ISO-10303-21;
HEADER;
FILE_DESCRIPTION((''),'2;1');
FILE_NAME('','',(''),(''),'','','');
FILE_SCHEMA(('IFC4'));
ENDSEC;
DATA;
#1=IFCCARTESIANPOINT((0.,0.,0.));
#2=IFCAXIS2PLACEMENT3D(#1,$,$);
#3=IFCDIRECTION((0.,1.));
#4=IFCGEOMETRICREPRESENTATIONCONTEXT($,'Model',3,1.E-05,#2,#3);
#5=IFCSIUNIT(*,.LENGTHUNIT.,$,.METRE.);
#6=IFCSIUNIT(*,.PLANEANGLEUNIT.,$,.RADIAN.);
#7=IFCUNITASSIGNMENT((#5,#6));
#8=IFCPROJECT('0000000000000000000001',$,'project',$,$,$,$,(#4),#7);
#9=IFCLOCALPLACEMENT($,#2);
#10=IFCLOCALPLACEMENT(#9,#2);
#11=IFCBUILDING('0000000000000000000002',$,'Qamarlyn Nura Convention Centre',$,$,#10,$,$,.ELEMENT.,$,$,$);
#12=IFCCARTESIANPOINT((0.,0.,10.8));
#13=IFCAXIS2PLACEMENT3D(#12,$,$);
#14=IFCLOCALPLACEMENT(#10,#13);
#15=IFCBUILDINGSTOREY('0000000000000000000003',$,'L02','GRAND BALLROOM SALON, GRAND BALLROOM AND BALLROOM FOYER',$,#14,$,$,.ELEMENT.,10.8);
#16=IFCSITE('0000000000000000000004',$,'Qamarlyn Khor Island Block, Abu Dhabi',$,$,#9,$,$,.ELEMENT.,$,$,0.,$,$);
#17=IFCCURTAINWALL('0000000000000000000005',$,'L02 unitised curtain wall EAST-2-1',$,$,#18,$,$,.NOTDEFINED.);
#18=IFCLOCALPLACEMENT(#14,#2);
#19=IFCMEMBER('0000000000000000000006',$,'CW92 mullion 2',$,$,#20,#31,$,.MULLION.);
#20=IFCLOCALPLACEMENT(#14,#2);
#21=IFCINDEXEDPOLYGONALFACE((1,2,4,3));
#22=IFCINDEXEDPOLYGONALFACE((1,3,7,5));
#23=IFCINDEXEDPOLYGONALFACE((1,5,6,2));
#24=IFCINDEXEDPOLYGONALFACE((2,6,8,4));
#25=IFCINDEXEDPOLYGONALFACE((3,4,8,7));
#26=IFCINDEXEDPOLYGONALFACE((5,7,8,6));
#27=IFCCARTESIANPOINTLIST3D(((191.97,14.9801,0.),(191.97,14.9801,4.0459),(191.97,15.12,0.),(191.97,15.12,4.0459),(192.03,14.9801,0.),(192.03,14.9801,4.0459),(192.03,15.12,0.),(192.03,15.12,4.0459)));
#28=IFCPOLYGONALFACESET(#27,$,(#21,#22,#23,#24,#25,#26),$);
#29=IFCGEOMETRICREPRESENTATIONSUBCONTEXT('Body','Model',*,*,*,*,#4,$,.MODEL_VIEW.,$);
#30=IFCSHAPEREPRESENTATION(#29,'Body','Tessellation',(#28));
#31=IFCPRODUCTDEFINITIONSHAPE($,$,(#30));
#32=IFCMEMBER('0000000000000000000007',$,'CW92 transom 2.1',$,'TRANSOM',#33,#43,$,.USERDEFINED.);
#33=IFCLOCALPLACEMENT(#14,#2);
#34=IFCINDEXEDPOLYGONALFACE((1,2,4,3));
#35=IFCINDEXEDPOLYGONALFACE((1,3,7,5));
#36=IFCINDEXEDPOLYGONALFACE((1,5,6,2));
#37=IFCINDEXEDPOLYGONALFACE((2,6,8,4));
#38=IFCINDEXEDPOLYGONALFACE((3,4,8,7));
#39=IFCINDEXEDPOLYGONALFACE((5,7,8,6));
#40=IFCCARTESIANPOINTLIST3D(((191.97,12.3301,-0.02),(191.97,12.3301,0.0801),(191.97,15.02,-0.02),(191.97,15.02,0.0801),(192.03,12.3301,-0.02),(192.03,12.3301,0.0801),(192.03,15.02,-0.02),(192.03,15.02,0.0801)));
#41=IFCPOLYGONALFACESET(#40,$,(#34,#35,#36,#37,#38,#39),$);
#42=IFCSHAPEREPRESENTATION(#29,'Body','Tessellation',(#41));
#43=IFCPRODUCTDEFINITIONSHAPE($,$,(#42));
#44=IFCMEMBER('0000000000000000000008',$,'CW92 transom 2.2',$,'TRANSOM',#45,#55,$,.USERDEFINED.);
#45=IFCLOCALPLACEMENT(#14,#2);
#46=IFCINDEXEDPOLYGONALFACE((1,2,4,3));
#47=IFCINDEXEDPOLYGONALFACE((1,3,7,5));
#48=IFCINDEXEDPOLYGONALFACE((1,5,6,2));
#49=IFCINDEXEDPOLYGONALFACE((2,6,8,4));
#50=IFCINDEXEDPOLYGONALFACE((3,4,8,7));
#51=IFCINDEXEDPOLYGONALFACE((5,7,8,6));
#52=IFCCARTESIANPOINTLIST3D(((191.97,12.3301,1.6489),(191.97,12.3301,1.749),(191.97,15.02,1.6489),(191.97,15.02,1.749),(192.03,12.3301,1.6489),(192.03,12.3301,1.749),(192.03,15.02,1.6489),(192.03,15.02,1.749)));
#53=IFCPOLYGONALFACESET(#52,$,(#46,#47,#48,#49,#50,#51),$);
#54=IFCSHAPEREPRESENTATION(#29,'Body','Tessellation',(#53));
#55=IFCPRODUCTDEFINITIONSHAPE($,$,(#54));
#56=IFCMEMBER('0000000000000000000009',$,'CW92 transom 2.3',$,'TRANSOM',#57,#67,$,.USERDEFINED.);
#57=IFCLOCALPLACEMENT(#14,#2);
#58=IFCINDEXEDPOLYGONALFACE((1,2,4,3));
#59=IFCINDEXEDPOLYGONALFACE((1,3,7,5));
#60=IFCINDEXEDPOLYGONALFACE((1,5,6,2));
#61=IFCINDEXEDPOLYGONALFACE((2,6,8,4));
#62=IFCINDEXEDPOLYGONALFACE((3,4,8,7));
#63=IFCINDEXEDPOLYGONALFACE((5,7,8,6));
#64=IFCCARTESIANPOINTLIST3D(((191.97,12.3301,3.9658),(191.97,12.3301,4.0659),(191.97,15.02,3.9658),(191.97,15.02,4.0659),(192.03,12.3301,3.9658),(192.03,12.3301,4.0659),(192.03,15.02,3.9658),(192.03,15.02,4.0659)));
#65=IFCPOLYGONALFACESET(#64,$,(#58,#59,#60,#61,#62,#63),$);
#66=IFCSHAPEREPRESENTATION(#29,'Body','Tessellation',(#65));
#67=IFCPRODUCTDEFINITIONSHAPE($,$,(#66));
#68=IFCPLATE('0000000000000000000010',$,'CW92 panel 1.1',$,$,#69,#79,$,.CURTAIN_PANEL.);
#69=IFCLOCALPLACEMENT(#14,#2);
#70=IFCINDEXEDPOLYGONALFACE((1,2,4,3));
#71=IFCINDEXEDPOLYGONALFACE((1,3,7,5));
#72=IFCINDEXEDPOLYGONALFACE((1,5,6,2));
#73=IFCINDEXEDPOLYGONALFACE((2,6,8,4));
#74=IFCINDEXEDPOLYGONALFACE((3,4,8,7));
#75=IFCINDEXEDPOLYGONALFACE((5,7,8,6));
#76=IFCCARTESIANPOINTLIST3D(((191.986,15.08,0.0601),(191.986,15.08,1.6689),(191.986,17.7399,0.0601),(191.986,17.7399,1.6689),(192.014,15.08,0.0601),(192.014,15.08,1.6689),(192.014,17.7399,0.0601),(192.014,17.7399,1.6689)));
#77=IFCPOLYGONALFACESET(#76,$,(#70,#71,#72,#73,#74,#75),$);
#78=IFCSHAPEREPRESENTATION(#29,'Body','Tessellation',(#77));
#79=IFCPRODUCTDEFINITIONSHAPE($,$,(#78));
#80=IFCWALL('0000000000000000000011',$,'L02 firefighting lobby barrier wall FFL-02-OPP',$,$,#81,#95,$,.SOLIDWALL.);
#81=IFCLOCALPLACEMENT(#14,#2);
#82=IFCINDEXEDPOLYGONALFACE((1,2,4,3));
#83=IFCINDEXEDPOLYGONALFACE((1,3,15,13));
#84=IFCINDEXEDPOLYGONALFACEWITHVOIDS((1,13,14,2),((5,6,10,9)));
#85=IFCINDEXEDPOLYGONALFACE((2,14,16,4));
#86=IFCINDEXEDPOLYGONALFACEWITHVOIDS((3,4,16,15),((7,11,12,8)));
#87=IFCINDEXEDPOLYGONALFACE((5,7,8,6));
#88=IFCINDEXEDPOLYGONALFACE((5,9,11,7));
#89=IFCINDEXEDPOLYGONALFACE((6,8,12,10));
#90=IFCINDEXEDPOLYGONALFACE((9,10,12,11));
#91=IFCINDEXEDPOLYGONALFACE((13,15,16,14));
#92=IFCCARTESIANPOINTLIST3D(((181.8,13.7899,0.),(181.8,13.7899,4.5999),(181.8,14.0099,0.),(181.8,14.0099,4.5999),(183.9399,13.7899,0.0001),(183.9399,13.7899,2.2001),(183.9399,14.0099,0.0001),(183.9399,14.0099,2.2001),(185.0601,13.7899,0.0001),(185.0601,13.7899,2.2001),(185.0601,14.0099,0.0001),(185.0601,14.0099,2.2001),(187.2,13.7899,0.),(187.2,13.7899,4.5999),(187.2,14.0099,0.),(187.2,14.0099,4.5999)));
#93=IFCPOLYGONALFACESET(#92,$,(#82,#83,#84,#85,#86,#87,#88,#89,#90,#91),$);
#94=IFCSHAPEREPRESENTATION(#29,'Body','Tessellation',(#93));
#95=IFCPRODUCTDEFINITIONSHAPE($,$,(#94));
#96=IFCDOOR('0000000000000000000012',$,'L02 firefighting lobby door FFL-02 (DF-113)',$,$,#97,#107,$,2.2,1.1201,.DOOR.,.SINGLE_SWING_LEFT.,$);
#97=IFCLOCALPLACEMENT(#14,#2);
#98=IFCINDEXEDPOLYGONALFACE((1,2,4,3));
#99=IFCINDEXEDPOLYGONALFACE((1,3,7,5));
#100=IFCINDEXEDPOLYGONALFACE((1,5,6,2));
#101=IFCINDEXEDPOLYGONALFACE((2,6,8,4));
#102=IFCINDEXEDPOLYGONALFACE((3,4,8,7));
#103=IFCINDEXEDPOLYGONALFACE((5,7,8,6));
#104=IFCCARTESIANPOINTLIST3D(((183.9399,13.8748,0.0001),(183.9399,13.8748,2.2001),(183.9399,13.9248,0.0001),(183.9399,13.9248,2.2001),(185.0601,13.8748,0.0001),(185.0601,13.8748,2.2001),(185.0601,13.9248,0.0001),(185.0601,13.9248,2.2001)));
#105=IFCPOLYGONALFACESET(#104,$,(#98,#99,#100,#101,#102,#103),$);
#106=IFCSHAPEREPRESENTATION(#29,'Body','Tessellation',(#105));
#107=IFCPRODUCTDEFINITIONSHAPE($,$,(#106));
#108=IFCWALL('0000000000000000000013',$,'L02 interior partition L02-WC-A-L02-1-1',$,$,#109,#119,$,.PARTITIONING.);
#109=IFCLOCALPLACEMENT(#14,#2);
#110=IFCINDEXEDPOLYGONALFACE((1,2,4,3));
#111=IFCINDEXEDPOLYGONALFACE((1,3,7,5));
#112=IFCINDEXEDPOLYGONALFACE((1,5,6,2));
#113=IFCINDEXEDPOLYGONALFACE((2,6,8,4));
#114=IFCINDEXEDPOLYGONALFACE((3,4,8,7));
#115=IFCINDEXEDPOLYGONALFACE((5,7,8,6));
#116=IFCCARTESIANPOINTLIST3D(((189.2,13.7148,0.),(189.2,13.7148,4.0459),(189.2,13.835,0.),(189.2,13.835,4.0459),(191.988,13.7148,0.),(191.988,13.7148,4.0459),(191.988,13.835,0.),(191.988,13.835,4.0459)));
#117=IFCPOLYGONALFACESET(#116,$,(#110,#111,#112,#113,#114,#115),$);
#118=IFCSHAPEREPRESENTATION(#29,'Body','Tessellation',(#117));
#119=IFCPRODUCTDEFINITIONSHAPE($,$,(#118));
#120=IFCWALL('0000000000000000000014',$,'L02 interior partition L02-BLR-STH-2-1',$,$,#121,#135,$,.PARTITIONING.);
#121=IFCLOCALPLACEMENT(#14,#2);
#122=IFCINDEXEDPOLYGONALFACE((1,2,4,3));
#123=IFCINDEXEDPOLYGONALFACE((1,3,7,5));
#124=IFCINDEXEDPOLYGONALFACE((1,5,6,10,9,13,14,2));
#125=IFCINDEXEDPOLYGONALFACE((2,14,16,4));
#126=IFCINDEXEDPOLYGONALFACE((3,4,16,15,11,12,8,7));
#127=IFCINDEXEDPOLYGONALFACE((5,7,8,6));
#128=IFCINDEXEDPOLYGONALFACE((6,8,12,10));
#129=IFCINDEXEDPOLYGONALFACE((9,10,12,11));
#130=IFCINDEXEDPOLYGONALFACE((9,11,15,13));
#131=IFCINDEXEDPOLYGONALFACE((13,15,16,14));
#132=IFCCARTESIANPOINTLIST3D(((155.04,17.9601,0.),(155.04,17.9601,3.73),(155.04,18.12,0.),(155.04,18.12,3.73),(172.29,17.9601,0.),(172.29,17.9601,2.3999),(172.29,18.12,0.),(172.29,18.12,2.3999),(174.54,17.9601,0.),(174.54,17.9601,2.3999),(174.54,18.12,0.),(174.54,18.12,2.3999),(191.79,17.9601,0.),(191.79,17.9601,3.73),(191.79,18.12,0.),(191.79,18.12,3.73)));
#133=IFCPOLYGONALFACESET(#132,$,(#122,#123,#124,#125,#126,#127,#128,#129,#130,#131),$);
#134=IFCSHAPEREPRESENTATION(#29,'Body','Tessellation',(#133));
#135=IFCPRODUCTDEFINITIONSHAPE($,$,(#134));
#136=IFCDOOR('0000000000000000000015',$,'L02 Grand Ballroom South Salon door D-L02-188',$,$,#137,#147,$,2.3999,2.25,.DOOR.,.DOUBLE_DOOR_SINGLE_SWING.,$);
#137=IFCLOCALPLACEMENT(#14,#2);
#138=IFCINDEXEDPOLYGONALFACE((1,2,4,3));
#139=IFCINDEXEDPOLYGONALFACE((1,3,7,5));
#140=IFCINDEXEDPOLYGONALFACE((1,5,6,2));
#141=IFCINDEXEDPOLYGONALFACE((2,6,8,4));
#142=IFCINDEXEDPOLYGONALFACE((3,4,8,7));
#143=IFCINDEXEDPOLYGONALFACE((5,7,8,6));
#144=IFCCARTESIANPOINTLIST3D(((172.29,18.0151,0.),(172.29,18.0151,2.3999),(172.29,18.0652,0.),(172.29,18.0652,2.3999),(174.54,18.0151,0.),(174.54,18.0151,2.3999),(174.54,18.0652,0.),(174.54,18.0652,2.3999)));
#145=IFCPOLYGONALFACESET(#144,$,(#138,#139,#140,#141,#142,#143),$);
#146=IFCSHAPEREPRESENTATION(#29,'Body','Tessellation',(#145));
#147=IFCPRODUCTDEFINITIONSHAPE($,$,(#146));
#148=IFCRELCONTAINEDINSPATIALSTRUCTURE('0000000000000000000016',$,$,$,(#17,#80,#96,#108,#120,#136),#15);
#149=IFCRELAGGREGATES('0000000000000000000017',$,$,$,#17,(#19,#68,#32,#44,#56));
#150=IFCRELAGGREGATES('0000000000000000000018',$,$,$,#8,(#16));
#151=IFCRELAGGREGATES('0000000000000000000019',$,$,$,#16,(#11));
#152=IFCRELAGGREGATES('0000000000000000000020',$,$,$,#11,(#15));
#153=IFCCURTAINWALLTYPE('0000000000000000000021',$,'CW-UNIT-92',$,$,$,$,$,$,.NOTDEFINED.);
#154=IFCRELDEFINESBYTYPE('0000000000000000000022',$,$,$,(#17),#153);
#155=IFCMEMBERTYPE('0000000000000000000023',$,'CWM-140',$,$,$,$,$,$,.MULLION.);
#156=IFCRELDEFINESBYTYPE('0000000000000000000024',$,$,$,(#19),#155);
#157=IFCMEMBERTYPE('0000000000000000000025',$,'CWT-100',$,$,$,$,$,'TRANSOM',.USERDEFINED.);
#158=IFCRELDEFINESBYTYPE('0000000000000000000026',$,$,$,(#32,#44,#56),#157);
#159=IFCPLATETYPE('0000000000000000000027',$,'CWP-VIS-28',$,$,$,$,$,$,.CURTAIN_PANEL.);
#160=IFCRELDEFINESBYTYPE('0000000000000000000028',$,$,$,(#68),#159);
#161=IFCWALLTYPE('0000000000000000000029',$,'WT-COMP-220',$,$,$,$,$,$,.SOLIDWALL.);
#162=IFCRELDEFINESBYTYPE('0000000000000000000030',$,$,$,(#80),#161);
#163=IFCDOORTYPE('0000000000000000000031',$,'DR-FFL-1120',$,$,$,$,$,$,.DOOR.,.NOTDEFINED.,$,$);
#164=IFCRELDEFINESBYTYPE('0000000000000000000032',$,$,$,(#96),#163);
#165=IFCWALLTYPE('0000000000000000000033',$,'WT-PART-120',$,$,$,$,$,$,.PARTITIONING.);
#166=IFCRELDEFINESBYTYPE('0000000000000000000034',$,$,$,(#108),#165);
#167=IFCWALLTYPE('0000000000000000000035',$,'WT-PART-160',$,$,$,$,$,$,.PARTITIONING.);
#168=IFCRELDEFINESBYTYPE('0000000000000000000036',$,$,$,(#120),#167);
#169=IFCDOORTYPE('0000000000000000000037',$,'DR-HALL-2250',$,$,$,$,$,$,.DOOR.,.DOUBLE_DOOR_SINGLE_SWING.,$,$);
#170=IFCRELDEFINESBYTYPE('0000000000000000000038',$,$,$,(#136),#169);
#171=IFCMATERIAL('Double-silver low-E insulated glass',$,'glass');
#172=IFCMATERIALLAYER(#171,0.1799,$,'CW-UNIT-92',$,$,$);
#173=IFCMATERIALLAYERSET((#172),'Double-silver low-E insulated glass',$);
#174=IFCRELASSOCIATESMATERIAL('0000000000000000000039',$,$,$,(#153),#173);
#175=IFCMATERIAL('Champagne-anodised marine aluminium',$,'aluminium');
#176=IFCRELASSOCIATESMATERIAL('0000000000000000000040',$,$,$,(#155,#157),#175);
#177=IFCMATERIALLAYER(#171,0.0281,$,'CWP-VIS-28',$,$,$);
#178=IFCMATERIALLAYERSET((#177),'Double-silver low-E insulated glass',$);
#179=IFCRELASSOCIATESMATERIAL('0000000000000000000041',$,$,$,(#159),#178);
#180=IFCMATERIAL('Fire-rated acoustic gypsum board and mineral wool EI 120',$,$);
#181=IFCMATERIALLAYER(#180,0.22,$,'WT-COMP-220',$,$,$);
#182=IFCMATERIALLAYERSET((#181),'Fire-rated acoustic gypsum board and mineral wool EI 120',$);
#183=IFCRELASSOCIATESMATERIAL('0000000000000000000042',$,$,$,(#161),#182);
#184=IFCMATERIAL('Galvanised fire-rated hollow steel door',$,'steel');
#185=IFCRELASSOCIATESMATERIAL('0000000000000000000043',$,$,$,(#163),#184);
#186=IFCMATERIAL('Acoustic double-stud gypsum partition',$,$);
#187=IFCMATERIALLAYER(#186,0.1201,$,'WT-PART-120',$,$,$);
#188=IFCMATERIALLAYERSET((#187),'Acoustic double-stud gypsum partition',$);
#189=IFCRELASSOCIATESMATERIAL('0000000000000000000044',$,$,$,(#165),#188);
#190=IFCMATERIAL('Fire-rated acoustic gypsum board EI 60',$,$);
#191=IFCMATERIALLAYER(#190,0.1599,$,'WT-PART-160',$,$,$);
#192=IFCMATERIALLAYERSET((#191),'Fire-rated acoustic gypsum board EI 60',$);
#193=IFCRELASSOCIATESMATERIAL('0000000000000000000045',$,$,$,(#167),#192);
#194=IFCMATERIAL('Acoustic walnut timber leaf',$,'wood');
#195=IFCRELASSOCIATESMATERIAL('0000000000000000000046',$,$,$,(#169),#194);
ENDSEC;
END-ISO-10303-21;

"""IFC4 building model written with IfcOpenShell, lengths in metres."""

from ifc_helpers import new_model, si_unit, direction, frame, frame_2d, origin, origin_2d, place, context, subcontext, project, spatial, rectangle, extrude, material, layer, layer_set, material_profile, profile_set, type_object, element, fill, aggregate, save


model = new_model("IFC4")

# Units and contexts
model_context = context("Model", 3, precision=1e-05, world=origin(), true_north=direction((0.0, 1.0)))
body_context = subcontext(model_context, "Body", "Model", "MODEL_VIEW")
ifc_project = project(units=[si_unit("LENGTHUNIT", "METRE"), si_unit("PLANEANGLEUNIT", "RADIAN")], contexts=[model_context])

# Site, building, storey
site_placement = place(None, origin())
site = spatial("IfcSite", under=ifc_project, at=site_placement, Name="Qamarlyn Khor Island Block, Abu Dhabi", CompositionType="ELEMENT", RefElevation=0.0)
building_placement = place(site_placement, origin())
building = spatial("IfcBuilding", under=site, at=building_placement, Name="Qamarlyn Nura Convention Centre", CompositionType="ELEMENT")
storey_placement = place(building_placement, frame((0.0, 0.0, 10.8)))
storey = spatial("IfcBuildingStorey", under=building, at=storey_placement, Name="L02", Description="GRAND BALLROOM SALON, GRAND BALLROOM AND BALLROOM FOYER", CompositionType="ELEMENT", Elevation=10.8)

# Curtain wall, members, plate
ifc_material_1 = material(Name="Double-silver low-E insulated glass", Category="glass")
ifc_layer_1 = layer(ifc_material_1, 0.1799, Name="CW-UNIT-92")
ifc_layer_set_1 = layer_set([ifc_layer_1], Name="Double-silver low-E insulated glass")
curtain_wall_type = type_object("IfcCurtainWallType", Name="CW-UNIT-92", PredefinedType="NOTDEFINED", material=ifc_layer_set_1)
curtain_wall_placement = place(storey_placement, origin())
curtain_wall = element("IfcCurtainWall", 1, at=curtain_wall_placement, inside=storey, type_object=curtain_wall_type, Name="L02 unitised curtain wall EAST-2-1", PredefinedType="NOTDEFINED")
ifc_material_2 = material(Name="Champagne-anodised marine aluminium", Category="aluminium")
ifc_material_profile_1 = material_profile(ifc_material_2, rectangle(XDim=0.0601, YDim=0.1399, at=origin_2d()), Name="ALU MULLION 60x140")
ifc_profile_set_1 = profile_set([ifc_material_profile_1], Name="Champagne-anodised marine aluminium")
member_type_1 = type_object("IfcMemberType", Name="CWM-140", PredefinedType="MULLION", material=ifc_profile_set_1)
member_1_placement = place(storey_placement, frame((192.0, 15.05, 0.0), z_axis=(0.0, 0.0, 1.0), x_axis=(1.0, 0.0, 0.0)))
member_1 = element("IfcMember", 2, at=member_1_placement, type_object=member_type_1, Name="CW92 mullion 2", PredefinedType="MULLION", context=body_context, shape_type="SweptSolid", body=[
    extrude(rectangle(XDim=0.0601, YDim=0.1399, at=origin_2d()), origin(), (0.0, 0.0, 1.0), 4.0459),
])
ifc_material_profile_2 = material_profile(ifc_material_2, rectangle(XDim=0.0601, YDim=0.1001, at=origin_2d()), Name="ALU TRANSOM 60x100")
ifc_profile_set_2 = profile_set([ifc_material_profile_2], Name="Champagne-anodised marine aluminium")
member_type_2 = type_object("IfcMemberType", Name="CWT-100", ElementType="TRANSOM", PredefinedType="USERDEFINED", material=ifc_profile_set_2)
member_2_placement = place(storey_placement, frame((192.0, 15.02, 0.03), z_axis=(0.0, -1.0, 0.0), x_axis=(1.0, 0.0, 0.0)))
member_2 = element("IfcMember", 3, at=member_2_placement, type_object=member_type_2, Name="CW92 transom 2.1", ObjectType="TRANSOM", PredefinedType="USERDEFINED", context=body_context, shape_type="SweptSolid", body=[
    extrude(rectangle(XDim=0.0601, YDim=0.1001, at=origin_2d()), origin(), (0.0, 0.0, 1.0), 2.6899),
])
member_3_placement = place(storey_placement, frame((192.0, 15.02, 1.699), z_axis=(0.0, -1.0, 0.0), x_axis=(1.0, 0.0, 0.0)))
member_3 = element("IfcMember", 4, at=member_3_placement, type_object=member_type_2, Name="CW92 transom 2.2", ObjectType="TRANSOM", PredefinedType="USERDEFINED", context=body_context, shape_type="SweptSolid", body=[
    extrude(rectangle(XDim=0.0601, YDim=0.1001, at=origin_2d()), origin(), (0.0, 0.0, 1.0), 2.6899),
])
member_4_placement = place(storey_placement, frame((192.0, 15.02, 4.0159), z_axis=(0.0, -1.0, 0.0), x_axis=(1.0, 0.0, 0.0)))
member_4 = element("IfcMember", 5, at=member_4_placement, type_object=member_type_2, Name="CW92 transom 2.3", ObjectType="TRANSOM", PredefinedType="USERDEFINED", context=body_context, shape_type="SweptSolid", body=[
    extrude(rectangle(XDim=0.0601, YDim=0.1001, at=origin_2d()), origin(), (0.0, 0.0, 1.0), 2.6899),
])
ifc_layer_2 = layer(ifc_material_1, 0.0281, Name="CWP-VIS-28")
ifc_layer_set_2 = layer_set([ifc_layer_2], Name="Double-silver low-E insulated glass")
plate_type = type_object("IfcPlateType", Name="CWP-VIS-28", PredefinedType="CURTAIN_PANEL", material=ifc_layer_set_2)
plate_placement = place(storey_placement, frame((192.0, 16.4099, 0.0601), z_axis=(0.0, 0.0, 1.0), x_axis=(0.0, -1.0, 0.0)))
plate = element("IfcPlate", 6, at=plate_placement, type_object=plate_type, Name="CW92 panel 1.1", PredefinedType="CURTAIN_PANEL", context=body_context, shape_type="SweptSolid", body=[
    extrude(rectangle(XDim=2.6599, YDim=0.0281, at=origin_2d()), origin(), (0.0, 0.0, 1.0), 1.6089),
])
aggregate(curtain_wall, [member_1, plate, member_2, member_3, member_4])

# Wall, opening, door
ifc_material_3 = material(Name="Fire-rated acoustic gypsum board and mineral wool EI 120")
ifc_layer_3 = layer(ifc_material_3, 0.22, Name="WT-COMP-220")
ifc_layer_set_3 = layer_set([ifc_layer_3], Name="Fire-rated acoustic gypsum board and mineral wool EI 120")
wall_type_1 = type_object("IfcWallType", Name="WT-COMP-220", PredefinedType="SOLIDWALL", material=ifc_layer_set_3)
wall_1_placement = place(storey_placement, frame((181.8, 13.8999, 0.0), z_axis=(0.0, 0.0, 1.0), x_axis=(1.0, 0.0, 0.0)))
wall_1 = element("IfcWall", 7, at=wall_1_placement, inside=storey, type_object=wall_type_1, Name="L02 firefighting lobby barrier wall FFL-02-OPP", PredefinedType="SOLIDWALL", context=body_context, shape_type="SweptSolid", body=[
    extrude(rectangle(XDim=5.3999, YDim=0.22, at=frame_2d((2.7, 0.0))), origin(), (0.0, 0.0, 1.0), 4.5999),
])
opening_1_placement = place(wall_1_placement, frame((2.1399, 0.0, 0.0)))
opening_1 = element("IfcOpeningElement", 8, at=opening_1_placement, cuts=wall_1, PredefinedType="OPENING", context=body_context, shape_type="SweptSolid", body=[
    extrude(rectangle(XDim=1.1201, YDim=2.2, at=frame_2d((0.5601, 1.1001))), frame((0.0, 0.1201, 0.0), z_axis=(0.0, -1.0, 0.0), x_axis=(1.0, 0.0, 0.0)), (0.0, 0.0, 1.0), 0.24),
])
ifc_material_4 = material(Name="Galvanised fire-rated hollow steel door", Category="steel")
door_type_1 = type_object("IfcDoorType", Name="DR-FFL-1120", OperationType="NOTDEFINED", PredefinedType="DOOR", material=ifc_material_4)
door_1_placement = place(opening_1_placement, origin())
door_1 = element("IfcDoor", 9, at=door_1_placement, inside=storey, type_object=door_type_1, Name="L02 firefighting lobby door FFL-02 (DF-113)", OperationType="SINGLE_SWING_LEFT", OverallHeight=2.2, OverallWidth=1.1201, PredefinedType="DOOR", context=body_context, shape_type="SweptSolid", body=[
    extrude(rectangle(XDim=1.1201, YDim=2.2, at=frame_2d((0.5601, 1.1001))), frame((0.0, 0.0249, 0.0), z_axis=(0.0, -1.0, 0.0), x_axis=(1.0, 0.0, 0.0)), (0.0, 0.0, 1.0), 0.05),
])
fill(opening_1, door_1)

# Wall
ifc_material_5 = material(Name="Acoustic double-stud gypsum partition")
ifc_layer_4 = layer(ifc_material_5, 0.1201, Name="WT-PART-120")
ifc_layer_set_4 = layer_set([ifc_layer_4], Name="Acoustic double-stud gypsum partition")
wall_type_2 = type_object("IfcWallType", Name="WT-PART-120", PredefinedType="PARTITIONING", material=ifc_layer_set_4)
wall_2_placement = place(storey_placement, frame((189.2, 13.7749, 0.0), z_axis=(0.0, 0.0, 1.0), x_axis=(1.0, 0.0, 0.0)))
element("IfcWall", 10, at=wall_2_placement, inside=storey, type_object=wall_type_2, Name="L02 interior partition L02-WC-A-L02-1-1", PredefinedType="PARTITIONING", context=body_context, shape_type="SweptSolid", body=[
    extrude(rectangle(XDim=2.7881, YDim=0.1201, at=frame_2d((1.394, 0.0))), origin(), (0.0, 0.0, 1.0), 4.0459),
])

# Wall, opening, door
ifc_material_6 = material(Name="Fire-rated acoustic gypsum board EI 60")
ifc_layer_5 = layer(ifc_material_6, 0.1599, Name="WT-PART-160")
ifc_layer_set_5 = layer_set([ifc_layer_5], Name="Fire-rated acoustic gypsum board EI 60")
wall_type_3 = type_object("IfcWallType", Name="WT-PART-160", PredefinedType="PARTITIONING", material=ifc_layer_set_5)
wall_3_placement = place(storey_placement, frame((191.79, 18.04, 0.0), z_axis=(0.0, 0.0, 1.0), x_axis=(-1.0, 0.0, 0.0)))
wall_3 = element("IfcWall", 11, at=wall_3_placement, inside=storey, type_object=wall_type_3, Name="L02 interior partition L02-BLR-STH-2-1", PredefinedType="PARTITIONING", context=body_context, shape_type="SweptSolid", body=[
    extrude(rectangle(XDim=36.75, YDim=0.1599, at=frame_2d((18.375, 0.0))), origin(), (0.0, 0.0, 1.0), 3.73),
])
opening_2_placement = place(wall_3_placement, frame((17.25, 0.0, 0.0)))
opening_2 = element("IfcOpeningElement", 12, at=opening_2_placement, cuts=wall_3, PredefinedType="OPENING", context=body_context, shape_type="SweptSolid", body=[
    extrude(rectangle(XDim=2.25, YDim=2.3999, at=frame_2d((1.125, 1.2))), frame((0.0, 0.0898, 0.0), z_axis=(0.0, -1.0, 0.0), x_axis=(1.0, 0.0, 0.0)), (0.0, 0.0, 1.0), 0.1799),
])
ifc_material_7 = material(Name="Acoustic walnut timber leaf", Category="wood")
door_type_2 = type_object("IfcDoorType", Name="DR-HALL-2250", OperationType="DOUBLE_DOOR_SINGLE_SWING", PredefinedType="DOOR", material=ifc_material_7)
door_2_placement = place(opening_2_placement, origin())
door_2 = element("IfcDoor", 13, at=door_2_placement, inside=storey, type_object=door_type_2, Name="L02 Grand Ballroom South Salon door D-L02-188", OperationType="DOUBLE_DOOR_SINGLE_SWING", OverallHeight=2.3999, OverallWidth=2.25, PredefinedType="DOOR", context=body_context, shape_type="SweptSolid", body=[
    extrude(rectangle(XDim=2.25, YDim=2.3999, at=frame_2d((1.125, 1.2))), frame((0.0, 0.0249, 0.0), z_axis=(0.0, -1.0, 0.0), x_axis=(1.0, 0.0, 0.0)), (0.0, 0.0, 1.0), 0.05),
])
fill(opening_2, door_2)

save(model, "model.ifc")
